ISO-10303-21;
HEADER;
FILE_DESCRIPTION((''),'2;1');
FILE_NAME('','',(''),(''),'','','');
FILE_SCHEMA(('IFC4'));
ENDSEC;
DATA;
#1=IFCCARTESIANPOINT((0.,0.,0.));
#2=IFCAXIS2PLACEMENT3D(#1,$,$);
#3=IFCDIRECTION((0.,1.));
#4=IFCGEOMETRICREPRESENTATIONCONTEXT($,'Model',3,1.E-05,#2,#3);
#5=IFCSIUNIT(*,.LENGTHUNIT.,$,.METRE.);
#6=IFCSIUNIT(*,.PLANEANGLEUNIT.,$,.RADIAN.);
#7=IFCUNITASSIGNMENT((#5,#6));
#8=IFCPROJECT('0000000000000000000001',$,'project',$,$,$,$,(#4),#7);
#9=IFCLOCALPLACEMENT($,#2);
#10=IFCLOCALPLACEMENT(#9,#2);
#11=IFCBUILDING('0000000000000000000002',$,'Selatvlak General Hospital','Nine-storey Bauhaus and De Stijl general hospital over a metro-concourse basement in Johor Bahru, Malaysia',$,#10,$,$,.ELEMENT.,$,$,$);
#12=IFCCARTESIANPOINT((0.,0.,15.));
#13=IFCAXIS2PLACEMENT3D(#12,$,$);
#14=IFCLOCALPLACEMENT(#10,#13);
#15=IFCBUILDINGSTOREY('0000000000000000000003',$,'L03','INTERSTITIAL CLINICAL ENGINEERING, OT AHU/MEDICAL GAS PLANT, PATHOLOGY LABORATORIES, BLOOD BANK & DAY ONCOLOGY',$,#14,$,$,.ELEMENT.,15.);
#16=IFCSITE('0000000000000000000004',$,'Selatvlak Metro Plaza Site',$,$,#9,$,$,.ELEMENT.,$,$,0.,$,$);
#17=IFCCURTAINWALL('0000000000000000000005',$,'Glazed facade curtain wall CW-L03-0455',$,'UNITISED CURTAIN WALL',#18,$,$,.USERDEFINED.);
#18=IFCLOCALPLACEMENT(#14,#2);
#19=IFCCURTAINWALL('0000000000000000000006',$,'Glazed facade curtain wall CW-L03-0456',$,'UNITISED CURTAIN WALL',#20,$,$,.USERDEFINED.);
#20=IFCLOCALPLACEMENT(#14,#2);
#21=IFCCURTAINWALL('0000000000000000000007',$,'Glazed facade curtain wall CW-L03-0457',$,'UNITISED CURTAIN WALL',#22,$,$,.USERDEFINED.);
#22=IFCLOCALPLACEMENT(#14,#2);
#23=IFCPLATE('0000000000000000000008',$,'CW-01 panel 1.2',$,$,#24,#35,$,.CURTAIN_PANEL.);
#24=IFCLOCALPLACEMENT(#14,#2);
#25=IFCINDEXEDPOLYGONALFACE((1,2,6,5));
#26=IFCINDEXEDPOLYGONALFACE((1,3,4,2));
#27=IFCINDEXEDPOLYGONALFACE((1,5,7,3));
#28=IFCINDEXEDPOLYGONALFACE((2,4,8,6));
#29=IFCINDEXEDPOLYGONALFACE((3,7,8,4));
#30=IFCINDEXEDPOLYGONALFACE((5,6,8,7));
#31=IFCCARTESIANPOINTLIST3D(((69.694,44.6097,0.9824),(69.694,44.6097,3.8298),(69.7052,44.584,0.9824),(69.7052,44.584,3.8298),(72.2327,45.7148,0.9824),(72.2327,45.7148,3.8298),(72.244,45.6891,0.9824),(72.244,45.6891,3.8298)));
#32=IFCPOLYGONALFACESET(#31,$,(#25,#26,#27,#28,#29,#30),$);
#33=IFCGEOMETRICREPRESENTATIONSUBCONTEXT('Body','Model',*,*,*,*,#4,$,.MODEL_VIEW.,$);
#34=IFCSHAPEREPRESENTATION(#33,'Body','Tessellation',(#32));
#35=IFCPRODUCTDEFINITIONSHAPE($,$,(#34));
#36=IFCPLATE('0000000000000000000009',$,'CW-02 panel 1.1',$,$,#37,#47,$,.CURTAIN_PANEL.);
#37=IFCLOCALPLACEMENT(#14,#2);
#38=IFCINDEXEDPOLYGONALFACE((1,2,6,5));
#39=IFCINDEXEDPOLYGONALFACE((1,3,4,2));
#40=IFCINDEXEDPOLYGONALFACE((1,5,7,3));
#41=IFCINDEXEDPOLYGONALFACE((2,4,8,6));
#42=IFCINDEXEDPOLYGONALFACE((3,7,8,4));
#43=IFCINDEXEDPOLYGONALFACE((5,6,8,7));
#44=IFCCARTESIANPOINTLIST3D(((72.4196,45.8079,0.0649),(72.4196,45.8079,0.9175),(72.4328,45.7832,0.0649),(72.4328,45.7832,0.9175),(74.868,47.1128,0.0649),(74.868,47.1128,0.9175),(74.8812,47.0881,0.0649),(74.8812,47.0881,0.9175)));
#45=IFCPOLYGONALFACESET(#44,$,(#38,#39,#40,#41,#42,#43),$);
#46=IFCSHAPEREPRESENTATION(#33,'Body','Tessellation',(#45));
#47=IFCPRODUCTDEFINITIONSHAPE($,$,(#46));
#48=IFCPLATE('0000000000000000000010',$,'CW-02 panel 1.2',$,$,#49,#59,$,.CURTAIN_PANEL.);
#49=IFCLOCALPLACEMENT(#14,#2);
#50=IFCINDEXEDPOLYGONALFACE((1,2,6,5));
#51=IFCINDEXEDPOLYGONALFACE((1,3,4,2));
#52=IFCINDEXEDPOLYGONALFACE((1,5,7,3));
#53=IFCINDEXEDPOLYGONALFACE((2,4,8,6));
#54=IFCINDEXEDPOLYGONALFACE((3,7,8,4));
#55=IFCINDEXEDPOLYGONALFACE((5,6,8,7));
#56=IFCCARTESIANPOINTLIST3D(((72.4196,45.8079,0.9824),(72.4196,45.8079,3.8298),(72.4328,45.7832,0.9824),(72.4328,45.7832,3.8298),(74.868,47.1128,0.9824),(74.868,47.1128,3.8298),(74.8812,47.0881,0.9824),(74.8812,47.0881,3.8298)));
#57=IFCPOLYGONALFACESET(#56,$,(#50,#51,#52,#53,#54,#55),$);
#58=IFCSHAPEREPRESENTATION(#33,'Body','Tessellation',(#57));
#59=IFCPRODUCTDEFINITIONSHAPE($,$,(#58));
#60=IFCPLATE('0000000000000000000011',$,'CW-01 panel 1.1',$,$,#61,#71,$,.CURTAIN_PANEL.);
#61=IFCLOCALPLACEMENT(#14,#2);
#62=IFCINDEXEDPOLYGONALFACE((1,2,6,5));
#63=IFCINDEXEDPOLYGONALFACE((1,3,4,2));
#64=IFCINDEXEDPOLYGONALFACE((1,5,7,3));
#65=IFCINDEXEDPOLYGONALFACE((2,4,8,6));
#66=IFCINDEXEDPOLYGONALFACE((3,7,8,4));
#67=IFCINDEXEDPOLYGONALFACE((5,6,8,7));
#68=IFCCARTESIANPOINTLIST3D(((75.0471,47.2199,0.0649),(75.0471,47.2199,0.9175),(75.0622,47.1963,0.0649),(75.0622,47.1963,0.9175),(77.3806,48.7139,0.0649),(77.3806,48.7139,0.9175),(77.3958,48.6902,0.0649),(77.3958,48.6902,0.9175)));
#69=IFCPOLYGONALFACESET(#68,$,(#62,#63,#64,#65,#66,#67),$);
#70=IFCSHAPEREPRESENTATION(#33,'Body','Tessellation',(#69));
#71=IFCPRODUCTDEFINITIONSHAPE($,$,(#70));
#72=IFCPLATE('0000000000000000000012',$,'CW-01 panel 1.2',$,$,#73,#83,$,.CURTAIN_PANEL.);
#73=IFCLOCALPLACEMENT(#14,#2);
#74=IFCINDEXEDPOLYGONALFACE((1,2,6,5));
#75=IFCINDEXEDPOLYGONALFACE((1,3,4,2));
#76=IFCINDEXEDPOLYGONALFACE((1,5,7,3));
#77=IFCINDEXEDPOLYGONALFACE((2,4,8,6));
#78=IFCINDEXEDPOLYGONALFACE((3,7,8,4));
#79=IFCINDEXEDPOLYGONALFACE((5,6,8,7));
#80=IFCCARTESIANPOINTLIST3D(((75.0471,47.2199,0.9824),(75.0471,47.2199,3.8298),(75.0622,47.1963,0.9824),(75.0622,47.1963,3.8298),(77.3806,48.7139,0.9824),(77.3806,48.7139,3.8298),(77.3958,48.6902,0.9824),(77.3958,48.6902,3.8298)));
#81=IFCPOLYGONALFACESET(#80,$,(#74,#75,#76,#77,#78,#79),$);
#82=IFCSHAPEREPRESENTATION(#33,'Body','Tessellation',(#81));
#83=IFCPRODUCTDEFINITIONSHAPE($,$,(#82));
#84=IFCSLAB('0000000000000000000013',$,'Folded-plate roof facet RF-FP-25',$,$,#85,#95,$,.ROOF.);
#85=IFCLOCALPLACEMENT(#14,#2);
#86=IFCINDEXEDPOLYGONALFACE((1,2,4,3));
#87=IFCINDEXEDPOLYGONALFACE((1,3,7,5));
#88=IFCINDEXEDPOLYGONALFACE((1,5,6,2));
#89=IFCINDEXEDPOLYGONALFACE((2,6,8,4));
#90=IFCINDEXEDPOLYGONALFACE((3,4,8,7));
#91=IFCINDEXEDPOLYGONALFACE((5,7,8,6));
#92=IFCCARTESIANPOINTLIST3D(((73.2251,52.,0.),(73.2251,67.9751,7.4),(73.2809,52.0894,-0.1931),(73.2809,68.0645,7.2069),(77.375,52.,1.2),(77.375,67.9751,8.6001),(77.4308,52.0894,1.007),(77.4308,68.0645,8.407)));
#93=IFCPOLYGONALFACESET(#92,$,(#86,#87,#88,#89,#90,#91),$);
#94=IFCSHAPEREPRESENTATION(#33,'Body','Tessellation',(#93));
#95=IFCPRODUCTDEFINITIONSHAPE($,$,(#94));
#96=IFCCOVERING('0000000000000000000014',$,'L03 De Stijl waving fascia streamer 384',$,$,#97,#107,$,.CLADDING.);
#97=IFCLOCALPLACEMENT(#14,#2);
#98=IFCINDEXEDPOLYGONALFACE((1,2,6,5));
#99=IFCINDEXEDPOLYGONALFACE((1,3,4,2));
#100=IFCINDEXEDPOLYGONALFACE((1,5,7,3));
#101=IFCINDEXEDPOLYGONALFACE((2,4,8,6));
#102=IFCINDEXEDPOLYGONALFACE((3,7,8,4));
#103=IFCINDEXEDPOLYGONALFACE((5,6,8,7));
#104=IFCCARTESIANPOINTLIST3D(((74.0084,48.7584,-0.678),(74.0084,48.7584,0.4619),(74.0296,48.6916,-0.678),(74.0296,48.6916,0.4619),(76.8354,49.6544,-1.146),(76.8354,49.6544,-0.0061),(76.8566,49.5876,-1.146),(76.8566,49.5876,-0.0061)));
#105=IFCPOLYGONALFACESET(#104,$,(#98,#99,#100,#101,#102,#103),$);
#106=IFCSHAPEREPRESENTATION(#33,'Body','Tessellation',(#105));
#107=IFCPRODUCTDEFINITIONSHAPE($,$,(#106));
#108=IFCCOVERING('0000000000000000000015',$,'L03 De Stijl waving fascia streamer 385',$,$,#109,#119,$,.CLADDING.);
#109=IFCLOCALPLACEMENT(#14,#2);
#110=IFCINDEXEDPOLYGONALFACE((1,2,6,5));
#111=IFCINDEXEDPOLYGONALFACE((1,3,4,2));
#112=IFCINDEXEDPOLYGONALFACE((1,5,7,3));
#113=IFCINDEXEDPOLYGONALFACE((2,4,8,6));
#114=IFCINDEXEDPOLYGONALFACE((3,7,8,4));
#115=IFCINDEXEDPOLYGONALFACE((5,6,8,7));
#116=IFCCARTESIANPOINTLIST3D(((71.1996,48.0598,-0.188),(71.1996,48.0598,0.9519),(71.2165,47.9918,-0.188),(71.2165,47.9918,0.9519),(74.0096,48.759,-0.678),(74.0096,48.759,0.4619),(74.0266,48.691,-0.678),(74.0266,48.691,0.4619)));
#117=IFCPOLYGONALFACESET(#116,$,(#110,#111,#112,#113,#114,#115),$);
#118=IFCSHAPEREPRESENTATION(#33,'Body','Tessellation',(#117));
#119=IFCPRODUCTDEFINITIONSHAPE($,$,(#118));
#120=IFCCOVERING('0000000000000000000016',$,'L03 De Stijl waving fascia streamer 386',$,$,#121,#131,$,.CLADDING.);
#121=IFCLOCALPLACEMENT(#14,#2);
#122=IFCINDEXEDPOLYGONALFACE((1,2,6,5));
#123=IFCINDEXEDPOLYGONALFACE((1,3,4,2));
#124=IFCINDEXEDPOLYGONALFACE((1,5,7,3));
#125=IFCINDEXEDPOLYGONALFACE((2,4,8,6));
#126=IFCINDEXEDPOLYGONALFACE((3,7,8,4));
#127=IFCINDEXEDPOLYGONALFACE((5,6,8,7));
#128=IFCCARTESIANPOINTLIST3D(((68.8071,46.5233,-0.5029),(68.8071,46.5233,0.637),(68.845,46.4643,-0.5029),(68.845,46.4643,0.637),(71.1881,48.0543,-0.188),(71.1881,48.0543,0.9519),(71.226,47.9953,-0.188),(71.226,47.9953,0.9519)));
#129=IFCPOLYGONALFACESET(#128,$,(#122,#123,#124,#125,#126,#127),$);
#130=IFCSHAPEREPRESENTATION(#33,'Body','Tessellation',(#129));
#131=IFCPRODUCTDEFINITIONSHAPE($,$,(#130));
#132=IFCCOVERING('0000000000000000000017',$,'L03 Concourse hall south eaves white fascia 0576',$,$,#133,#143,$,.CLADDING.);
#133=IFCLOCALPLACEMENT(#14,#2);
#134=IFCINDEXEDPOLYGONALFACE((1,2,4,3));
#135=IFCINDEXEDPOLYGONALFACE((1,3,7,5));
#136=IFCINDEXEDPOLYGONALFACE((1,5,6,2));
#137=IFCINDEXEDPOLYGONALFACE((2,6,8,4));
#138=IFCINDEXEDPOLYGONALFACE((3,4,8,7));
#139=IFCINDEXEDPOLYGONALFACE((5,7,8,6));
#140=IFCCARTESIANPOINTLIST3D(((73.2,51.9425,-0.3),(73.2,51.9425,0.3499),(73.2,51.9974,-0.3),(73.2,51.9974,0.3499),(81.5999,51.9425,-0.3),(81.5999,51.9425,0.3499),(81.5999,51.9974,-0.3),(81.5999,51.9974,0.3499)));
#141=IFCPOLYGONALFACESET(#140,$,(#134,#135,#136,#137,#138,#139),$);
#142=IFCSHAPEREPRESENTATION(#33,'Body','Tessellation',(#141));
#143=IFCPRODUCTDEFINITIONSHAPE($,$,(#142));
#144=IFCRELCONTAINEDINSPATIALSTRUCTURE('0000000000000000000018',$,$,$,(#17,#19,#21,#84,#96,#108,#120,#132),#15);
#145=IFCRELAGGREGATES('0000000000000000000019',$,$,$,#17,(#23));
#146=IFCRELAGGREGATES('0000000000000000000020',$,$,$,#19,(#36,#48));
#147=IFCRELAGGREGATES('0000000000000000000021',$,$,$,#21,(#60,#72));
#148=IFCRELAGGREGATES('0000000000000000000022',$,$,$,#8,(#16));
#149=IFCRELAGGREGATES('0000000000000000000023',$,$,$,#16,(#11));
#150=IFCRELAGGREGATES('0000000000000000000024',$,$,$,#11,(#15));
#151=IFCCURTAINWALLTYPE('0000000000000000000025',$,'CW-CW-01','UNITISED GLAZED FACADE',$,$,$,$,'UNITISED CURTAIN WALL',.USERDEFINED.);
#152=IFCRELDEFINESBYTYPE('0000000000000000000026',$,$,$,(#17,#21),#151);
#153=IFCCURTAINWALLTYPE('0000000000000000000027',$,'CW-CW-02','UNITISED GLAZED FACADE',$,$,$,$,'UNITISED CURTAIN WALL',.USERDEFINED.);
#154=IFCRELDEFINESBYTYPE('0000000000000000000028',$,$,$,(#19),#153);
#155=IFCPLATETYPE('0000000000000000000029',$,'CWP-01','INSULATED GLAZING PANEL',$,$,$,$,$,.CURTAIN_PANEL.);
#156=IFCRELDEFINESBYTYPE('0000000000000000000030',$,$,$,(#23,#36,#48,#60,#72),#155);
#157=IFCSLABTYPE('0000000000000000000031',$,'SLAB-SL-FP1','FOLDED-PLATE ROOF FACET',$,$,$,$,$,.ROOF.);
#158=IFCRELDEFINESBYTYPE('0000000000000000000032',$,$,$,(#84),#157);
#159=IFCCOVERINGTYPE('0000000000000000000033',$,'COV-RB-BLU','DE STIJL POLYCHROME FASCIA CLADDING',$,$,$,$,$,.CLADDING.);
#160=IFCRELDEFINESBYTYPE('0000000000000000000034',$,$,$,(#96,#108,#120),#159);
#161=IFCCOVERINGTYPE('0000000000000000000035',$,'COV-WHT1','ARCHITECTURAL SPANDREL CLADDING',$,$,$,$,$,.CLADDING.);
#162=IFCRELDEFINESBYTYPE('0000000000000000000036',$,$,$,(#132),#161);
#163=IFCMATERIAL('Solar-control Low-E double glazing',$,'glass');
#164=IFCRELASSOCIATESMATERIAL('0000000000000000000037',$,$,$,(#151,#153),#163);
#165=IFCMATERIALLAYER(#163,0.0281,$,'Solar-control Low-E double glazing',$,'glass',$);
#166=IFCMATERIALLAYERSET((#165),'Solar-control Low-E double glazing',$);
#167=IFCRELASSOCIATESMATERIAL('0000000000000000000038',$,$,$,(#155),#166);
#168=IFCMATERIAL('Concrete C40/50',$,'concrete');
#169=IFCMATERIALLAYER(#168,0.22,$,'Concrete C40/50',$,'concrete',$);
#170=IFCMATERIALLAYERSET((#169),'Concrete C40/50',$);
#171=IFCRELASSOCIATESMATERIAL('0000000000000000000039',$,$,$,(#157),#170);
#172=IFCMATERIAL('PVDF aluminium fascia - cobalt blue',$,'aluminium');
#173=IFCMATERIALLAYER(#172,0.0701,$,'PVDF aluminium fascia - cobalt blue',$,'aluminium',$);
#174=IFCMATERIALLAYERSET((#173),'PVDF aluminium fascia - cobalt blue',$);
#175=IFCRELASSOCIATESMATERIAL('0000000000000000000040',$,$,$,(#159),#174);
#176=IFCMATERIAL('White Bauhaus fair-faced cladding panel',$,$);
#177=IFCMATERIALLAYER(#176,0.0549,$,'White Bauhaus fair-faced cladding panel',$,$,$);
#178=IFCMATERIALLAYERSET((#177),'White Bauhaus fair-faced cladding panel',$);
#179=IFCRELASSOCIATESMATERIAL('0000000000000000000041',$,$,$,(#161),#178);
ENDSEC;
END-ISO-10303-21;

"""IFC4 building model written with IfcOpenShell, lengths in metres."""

from ifc_helpers import new_model, si_unit, direction, frame, origin, origin_2d, place, context, subcontext, project, spatial, polyline, rectangle, outline, extrude, material, layer, layer_set, type_object, element, aggregate, save


model = new_model("IFC4")

# Units and contexts
model_context = context("Model", 3, precision=1e-05, world=origin(), true_north=direction((0.0, 1.0)))
body_context = subcontext(model_context, "Body", "Model", "MODEL_VIEW")
ifc_project = project(units=[si_unit("LENGTHUNIT", "METRE"), si_unit("PLANEANGLEUNIT", "RADIAN")], contexts=[model_context])

# Site, building, storey
site_placement = place(None, origin())
site = spatial("IfcSite", under=ifc_project, at=site_placement, Name="Selatvlak Metro Plaza Site", CompositionType="ELEMENT", RefElevation=0.0)
building_placement = place(site_placement, origin())
building = spatial("IfcBuilding", under=site, at=building_placement, Name="Selatvlak General Hospital", Description="Nine-storey Bauhaus and De Stijl general hospital over a metro-concourse basement in Johor Bahru, Malaysia", CompositionType="ELEMENT")
storey_placement = place(building_placement, frame((0.0, 0.0, 15.0)))
storey = spatial("IfcBuildingStorey", under=building, at=storey_placement, Name="L03", Description="INTERSTITIAL CLINICAL ENGINEERING, OT AHU/MEDICAL GAS PLANT, PATHOLOGY LABORATORIES, BLOOD BANK & DAY ONCOLOGY", CompositionType="ELEMENT", Elevation=15.0)

# Shared definitions
ifc_material_1 = material(Name="Concrete C40/50", Category="concrete")

# Curtain wall
ifc_material_2 = material(Name="Solar-control Low-E double glazing", Category="glass")
curtain_wall_type_1 = type_object("IfcCurtainWallType", Name="CW-CW-01", Description="UNITISED GLAZED FACADE", ElementType="UNITISED CURTAIN WALL", PredefinedType="USERDEFINED", material=ifc_material_2)
curtain_wall_1_placement = place(storey_placement, origin())
curtain_wall_1 = element("IfcCurtainWall", 1, at=curtain_wall_1_placement, inside=storey, type_object=curtain_wall_type_1, Name="Glazed facade curtain wall CW-L03-0455", ObjectType="UNITISED CURTAIN WALL", PredefinedType="USERDEFINED")

# Curtain wall
curtain_wall_type_2 = type_object("IfcCurtainWallType", Name="CW-CW-02", Description="UNITISED GLAZED FACADE", ElementType="UNITISED CURTAIN WALL", PredefinedType="USERDEFINED", material=ifc_material_2)
curtain_wall_2_placement = place(storey_placement, origin())
curtain_wall_2 = element("IfcCurtainWall", 2, at=curtain_wall_2_placement, inside=storey, type_object=curtain_wall_type_2, Name="Glazed facade curtain wall CW-L03-0456", ObjectType="UNITISED CURTAIN WALL", PredefinedType="USERDEFINED")

# Curtain wall
curtain_wall_3_placement = place(storey_placement, origin())
curtain_wall_3 = element("IfcCurtainWall", 3, at=curtain_wall_3_placement, inside=storey, type_object=curtain_wall_type_1, Name="Glazed facade curtain wall CW-L03-0457", ObjectType="UNITISED CURTAIN WALL", PredefinedType="USERDEFINED")

# Plates
ifc_layer_1 = layer(ifc_material_2, 0.0281, Name="Solar-control Low-E double glazing", Category="glass")
ifc_layer_set_1 = layer_set([ifc_layer_1], Name="Solar-control Low-E double glazing")
plate_type = type_object("IfcPlateType", Name="CWP-01", Description="INSULATED GLAZING PANEL", PredefinedType="CURTAIN_PANEL", material=ifc_layer_set_1)
plate_1_placement = place(storey_placement, frame((70.969, 45.1494, 0.9824), z_axis=(0.0, 0.0, 1.0), x_axis=(0.9169, 0.399117, 0.0)))
plate_1 = element("IfcPlate", 4, at=plate_1_placement, type_object=plate_type, Name="CW-01 panel 1.2", PredefinedType="CURTAIN_PANEL", context=body_context, shape_type="SweptSolid", body=[
    extrude(rectangle(XDim=2.7688, YDim=0.0281, at=origin_2d()), origin(), (0.0, 0.0, 1.0), 2.8474),
])
aggregate(curtain_wall_1, [plate_1])
plate_2_placement = place(storey_placement, frame((73.6504, 46.448, 0.0649), z_axis=(0.0, 0.0, 1.0), x_axis=(0.882486, 0.470338, 0.0)))
plate_2 = element("IfcPlate", 5, at=plate_2_placement, type_object=plate_type, Name="CW-02 panel 1.1", PredefinedType="CURTAIN_PANEL", context=body_context, shape_type="SweptSolid", body=[
    extrude(rectangle(XDim=2.7744, YDim=0.0281, at=origin_2d()), origin(), (0.0, 0.0, 1.0), 0.8525),
])
plate_3_placement = place(storey_placement, frame((73.6504, 46.448, 0.9824), z_axis=(0.0, 0.0, 1.0), x_axis=(0.882486, 0.470338, 0.0)))
plate_3 = element("IfcPlate", 6, at=plate_3_placement, type_object=plate_type, Name="CW-02 panel 1.2", PredefinedType="CURTAIN_PANEL", context=body_context, shape_type="SweptSolid", body=[
    extrude(rectangle(XDim=2.7744, YDim=0.0281, at=origin_2d()), origin(), (0.0, 0.0, 1.0), 2.8474),
])
aggregate(curtain_wall_2, [plate_2, plate_3])
plate_4_placement = place(storey_placement, frame((76.2214, 47.9551, 0.0649), z_axis=(0.0, 0.0, 1.0), x_axis=(0.842196, 0.539171, 0.0)))
plate_4 = element("IfcPlate", 7, at=plate_4_placement, type_object=plate_type, Name="CW-01 panel 1.1", PredefinedType="CURTAIN_PANEL", context=body_context, shape_type="SweptSolid", body=[
    extrude(rectangle(XDim=2.7708, YDim=0.0281, at=origin_2d()), origin(), (0.0, 0.0, 1.0), 0.8525),
])
plate_5_placement = place(storey_placement, frame((76.2214, 47.9551, 0.9824), z_axis=(0.0, 0.0, 1.0), x_axis=(0.842196, 0.539171, 0.0)))
plate_5 = element("IfcPlate", 8, at=plate_5_placement, type_object=plate_type, Name="CW-01 panel 1.2", PredefinedType="CURTAIN_PANEL", context=body_context, shape_type="SweptSolid", body=[
    extrude(rectangle(XDim=2.7708, YDim=0.0281, at=origin_2d()), origin(), (0.0, 0.0, 1.0), 2.8474),
])
aggregate(curtain_wall_3, [plate_4, plate_5])

# Slab
ifc_layer_2 = layer(ifc_material_1, 0.22, Name="Concrete C40/50", Category="concrete")
ifc_layer_set_2 = layer_set([ifc_layer_2], Name="Concrete C40/50")
slab_type = type_object("IfcSlabType", Name="SLAB-SL-FP1", Description="FOLDED-PLATE ROOF FACET", PredefinedType="ROOF", material=ifc_layer_set_2)
slab_placement = place(storey_placement, frame((73.2251, 52.0, 0.0), z_axis=(-0.253804, -0.406554, 0.877666), x_axis=(0.960641, -0.00001, 0.277794)))
element("IfcSlab", 9, at=slab_placement, inside=storey, type_object=slab_type, Name="Folded-plate roof facet RF-FP-25", PredefinedType="ROOF", context=body_context, shape_type="SweptSolid", body=[
    extrude(outline(polyline([(0.0, 0.0), (4.3199, 0.0), (6.3755, 17.4854), (2.0555, 17.4853), (0.0, 0.0)])), origin(), (0.0, 0.0, -1.0), 0.22),
])

# Coverings
ifc_material_3 = material(Name="PVDF aluminium fascia - cobalt blue", Category="aluminium")
ifc_layer_3 = layer(ifc_material_3, 0.0701, Name="PVDF aluminium fascia - cobalt blue", Category="aluminium")
ifc_layer_set_3 = layer_set([ifc_layer_3], Name="PVDF aluminium fascia - cobalt blue")
covering_type_1 = type_object("IfcCoveringType", Name="COV-RB-BLU", Description="DE STIJL POLYCHROME FASCIA CLADDING", PredefinedType="CLADDING", material=ifc_layer_set_3)
covering_1_placement = place(storey_placement, frame((76.8459, 49.6211, -1.146), z_axis=(0.0, 0.0, 1.0), x_axis=(-0.953264, -0.30214, 0.0)))
element("IfcCovering", 10, at=covering_1_placement, inside=storey, type_object=covering_type_1, Name="L03 De Stijl waving fascia streamer 384", PredefinedType="CLADDING", context=body_context, shape_type="SweptSolid", body=[
    extrude(outline(polyline([(0.0, 0.0), (2.9656, 0.468), (2.9656, 1.6079), (0.0, 1.1399), (0.0, 0.0)])), frame((0.0, 0.0352, 0.0), z_axis=(0.0, -1.0, 0.0), x_axis=(1.0, 0.0, 0.0)), (0.0, 0.0, 1.0), 0.0701),
])
covering_2_placement = place(storey_placement, frame((74.0181, 48.7251, -0.678), z_axis=(0.0, 0.0, 1.0), x_axis=(-0.97041, -0.241464, 0.0)))
element("IfcCovering", 11, at=covering_2_placement, inside=storey, type_object=covering_type_1, Name="L03 De Stijl waving fascia streamer 385", PredefinedType="CLADDING", context=body_context, shape_type="SweptSolid", body=[
    extrude(outline(polyline([(0.0, 0.0), (2.8958, 0.49), (2.8958, 1.6299), (0.0, 1.1399), (0.0, 0.0)])), frame((0.0, 0.0352, 0.0), z_axis=(0.0, -1.0, 0.0), x_axis=(1.0, 0.0, 0.0)), (0.0, 0.0, 1.0), 0.0701),
])
covering_3_placement = place(storey_placement, frame((71.207, 48.0249, -0.188), z_axis=(0.0, 0.0, 1.0), x_axis=(-0.841131, -0.540832, 0.0)))
element("IfcCovering", 12, at=covering_3_placement, inside=storey, type_object=covering_type_1, Name="L03 De Stijl waving fascia streamer 386", PredefinedType="CLADDING", context=body_context, shape_type="SweptSolid", body=[
    extrude(outline(polyline([(0.0, 0.0), (2.8308, -0.3149), (2.8308, 0.825), (0.0, 1.1399), (0.0, 0.0)])), frame((0.0, 0.0352, 0.0), z_axis=(0.0, -1.0, 0.0), x_axis=(1.0, 0.0, 0.0)), (0.0, 0.0, 1.0), 0.0701),
])
ifc_material_4 = material(Name="White Bauhaus fair-faced cladding panel")
ifc_layer_4 = layer(ifc_material_4, 0.0549, Name="White Bauhaus fair-faced cladding panel")
ifc_layer_set_4 = layer_set([ifc_layer_4], Name="White Bauhaus fair-faced cladding panel")
covering_type_2 = type_object("IfcCoveringType", Name="COV-WHT1", Description="ARCHITECTURAL SPANDREL CLADDING", PredefinedType="CLADDING", material=ifc_layer_set_4)
covering_4_placement = place(storey_placement, frame((77.3999, 51.97, -0.3), z_axis=(0.0, 0.0, 1.0), x_axis=(1.0, 0.0, 0.0)))
element("IfcCovering", 13, at=covering_4_placement, inside=storey, type_object=covering_type_2, Name="L03 Concourse hall south eaves white fascia 0576", PredefinedType="CLADDING", context=body_context, shape_type="SweptSolid", body=[
    extrude(rectangle(XDim=8.3999, YDim=0.0549, at=origin_2d()), origin(), (0.0, 0.0, 1.0), 0.6499),
])

save(model, "model.ifc")
